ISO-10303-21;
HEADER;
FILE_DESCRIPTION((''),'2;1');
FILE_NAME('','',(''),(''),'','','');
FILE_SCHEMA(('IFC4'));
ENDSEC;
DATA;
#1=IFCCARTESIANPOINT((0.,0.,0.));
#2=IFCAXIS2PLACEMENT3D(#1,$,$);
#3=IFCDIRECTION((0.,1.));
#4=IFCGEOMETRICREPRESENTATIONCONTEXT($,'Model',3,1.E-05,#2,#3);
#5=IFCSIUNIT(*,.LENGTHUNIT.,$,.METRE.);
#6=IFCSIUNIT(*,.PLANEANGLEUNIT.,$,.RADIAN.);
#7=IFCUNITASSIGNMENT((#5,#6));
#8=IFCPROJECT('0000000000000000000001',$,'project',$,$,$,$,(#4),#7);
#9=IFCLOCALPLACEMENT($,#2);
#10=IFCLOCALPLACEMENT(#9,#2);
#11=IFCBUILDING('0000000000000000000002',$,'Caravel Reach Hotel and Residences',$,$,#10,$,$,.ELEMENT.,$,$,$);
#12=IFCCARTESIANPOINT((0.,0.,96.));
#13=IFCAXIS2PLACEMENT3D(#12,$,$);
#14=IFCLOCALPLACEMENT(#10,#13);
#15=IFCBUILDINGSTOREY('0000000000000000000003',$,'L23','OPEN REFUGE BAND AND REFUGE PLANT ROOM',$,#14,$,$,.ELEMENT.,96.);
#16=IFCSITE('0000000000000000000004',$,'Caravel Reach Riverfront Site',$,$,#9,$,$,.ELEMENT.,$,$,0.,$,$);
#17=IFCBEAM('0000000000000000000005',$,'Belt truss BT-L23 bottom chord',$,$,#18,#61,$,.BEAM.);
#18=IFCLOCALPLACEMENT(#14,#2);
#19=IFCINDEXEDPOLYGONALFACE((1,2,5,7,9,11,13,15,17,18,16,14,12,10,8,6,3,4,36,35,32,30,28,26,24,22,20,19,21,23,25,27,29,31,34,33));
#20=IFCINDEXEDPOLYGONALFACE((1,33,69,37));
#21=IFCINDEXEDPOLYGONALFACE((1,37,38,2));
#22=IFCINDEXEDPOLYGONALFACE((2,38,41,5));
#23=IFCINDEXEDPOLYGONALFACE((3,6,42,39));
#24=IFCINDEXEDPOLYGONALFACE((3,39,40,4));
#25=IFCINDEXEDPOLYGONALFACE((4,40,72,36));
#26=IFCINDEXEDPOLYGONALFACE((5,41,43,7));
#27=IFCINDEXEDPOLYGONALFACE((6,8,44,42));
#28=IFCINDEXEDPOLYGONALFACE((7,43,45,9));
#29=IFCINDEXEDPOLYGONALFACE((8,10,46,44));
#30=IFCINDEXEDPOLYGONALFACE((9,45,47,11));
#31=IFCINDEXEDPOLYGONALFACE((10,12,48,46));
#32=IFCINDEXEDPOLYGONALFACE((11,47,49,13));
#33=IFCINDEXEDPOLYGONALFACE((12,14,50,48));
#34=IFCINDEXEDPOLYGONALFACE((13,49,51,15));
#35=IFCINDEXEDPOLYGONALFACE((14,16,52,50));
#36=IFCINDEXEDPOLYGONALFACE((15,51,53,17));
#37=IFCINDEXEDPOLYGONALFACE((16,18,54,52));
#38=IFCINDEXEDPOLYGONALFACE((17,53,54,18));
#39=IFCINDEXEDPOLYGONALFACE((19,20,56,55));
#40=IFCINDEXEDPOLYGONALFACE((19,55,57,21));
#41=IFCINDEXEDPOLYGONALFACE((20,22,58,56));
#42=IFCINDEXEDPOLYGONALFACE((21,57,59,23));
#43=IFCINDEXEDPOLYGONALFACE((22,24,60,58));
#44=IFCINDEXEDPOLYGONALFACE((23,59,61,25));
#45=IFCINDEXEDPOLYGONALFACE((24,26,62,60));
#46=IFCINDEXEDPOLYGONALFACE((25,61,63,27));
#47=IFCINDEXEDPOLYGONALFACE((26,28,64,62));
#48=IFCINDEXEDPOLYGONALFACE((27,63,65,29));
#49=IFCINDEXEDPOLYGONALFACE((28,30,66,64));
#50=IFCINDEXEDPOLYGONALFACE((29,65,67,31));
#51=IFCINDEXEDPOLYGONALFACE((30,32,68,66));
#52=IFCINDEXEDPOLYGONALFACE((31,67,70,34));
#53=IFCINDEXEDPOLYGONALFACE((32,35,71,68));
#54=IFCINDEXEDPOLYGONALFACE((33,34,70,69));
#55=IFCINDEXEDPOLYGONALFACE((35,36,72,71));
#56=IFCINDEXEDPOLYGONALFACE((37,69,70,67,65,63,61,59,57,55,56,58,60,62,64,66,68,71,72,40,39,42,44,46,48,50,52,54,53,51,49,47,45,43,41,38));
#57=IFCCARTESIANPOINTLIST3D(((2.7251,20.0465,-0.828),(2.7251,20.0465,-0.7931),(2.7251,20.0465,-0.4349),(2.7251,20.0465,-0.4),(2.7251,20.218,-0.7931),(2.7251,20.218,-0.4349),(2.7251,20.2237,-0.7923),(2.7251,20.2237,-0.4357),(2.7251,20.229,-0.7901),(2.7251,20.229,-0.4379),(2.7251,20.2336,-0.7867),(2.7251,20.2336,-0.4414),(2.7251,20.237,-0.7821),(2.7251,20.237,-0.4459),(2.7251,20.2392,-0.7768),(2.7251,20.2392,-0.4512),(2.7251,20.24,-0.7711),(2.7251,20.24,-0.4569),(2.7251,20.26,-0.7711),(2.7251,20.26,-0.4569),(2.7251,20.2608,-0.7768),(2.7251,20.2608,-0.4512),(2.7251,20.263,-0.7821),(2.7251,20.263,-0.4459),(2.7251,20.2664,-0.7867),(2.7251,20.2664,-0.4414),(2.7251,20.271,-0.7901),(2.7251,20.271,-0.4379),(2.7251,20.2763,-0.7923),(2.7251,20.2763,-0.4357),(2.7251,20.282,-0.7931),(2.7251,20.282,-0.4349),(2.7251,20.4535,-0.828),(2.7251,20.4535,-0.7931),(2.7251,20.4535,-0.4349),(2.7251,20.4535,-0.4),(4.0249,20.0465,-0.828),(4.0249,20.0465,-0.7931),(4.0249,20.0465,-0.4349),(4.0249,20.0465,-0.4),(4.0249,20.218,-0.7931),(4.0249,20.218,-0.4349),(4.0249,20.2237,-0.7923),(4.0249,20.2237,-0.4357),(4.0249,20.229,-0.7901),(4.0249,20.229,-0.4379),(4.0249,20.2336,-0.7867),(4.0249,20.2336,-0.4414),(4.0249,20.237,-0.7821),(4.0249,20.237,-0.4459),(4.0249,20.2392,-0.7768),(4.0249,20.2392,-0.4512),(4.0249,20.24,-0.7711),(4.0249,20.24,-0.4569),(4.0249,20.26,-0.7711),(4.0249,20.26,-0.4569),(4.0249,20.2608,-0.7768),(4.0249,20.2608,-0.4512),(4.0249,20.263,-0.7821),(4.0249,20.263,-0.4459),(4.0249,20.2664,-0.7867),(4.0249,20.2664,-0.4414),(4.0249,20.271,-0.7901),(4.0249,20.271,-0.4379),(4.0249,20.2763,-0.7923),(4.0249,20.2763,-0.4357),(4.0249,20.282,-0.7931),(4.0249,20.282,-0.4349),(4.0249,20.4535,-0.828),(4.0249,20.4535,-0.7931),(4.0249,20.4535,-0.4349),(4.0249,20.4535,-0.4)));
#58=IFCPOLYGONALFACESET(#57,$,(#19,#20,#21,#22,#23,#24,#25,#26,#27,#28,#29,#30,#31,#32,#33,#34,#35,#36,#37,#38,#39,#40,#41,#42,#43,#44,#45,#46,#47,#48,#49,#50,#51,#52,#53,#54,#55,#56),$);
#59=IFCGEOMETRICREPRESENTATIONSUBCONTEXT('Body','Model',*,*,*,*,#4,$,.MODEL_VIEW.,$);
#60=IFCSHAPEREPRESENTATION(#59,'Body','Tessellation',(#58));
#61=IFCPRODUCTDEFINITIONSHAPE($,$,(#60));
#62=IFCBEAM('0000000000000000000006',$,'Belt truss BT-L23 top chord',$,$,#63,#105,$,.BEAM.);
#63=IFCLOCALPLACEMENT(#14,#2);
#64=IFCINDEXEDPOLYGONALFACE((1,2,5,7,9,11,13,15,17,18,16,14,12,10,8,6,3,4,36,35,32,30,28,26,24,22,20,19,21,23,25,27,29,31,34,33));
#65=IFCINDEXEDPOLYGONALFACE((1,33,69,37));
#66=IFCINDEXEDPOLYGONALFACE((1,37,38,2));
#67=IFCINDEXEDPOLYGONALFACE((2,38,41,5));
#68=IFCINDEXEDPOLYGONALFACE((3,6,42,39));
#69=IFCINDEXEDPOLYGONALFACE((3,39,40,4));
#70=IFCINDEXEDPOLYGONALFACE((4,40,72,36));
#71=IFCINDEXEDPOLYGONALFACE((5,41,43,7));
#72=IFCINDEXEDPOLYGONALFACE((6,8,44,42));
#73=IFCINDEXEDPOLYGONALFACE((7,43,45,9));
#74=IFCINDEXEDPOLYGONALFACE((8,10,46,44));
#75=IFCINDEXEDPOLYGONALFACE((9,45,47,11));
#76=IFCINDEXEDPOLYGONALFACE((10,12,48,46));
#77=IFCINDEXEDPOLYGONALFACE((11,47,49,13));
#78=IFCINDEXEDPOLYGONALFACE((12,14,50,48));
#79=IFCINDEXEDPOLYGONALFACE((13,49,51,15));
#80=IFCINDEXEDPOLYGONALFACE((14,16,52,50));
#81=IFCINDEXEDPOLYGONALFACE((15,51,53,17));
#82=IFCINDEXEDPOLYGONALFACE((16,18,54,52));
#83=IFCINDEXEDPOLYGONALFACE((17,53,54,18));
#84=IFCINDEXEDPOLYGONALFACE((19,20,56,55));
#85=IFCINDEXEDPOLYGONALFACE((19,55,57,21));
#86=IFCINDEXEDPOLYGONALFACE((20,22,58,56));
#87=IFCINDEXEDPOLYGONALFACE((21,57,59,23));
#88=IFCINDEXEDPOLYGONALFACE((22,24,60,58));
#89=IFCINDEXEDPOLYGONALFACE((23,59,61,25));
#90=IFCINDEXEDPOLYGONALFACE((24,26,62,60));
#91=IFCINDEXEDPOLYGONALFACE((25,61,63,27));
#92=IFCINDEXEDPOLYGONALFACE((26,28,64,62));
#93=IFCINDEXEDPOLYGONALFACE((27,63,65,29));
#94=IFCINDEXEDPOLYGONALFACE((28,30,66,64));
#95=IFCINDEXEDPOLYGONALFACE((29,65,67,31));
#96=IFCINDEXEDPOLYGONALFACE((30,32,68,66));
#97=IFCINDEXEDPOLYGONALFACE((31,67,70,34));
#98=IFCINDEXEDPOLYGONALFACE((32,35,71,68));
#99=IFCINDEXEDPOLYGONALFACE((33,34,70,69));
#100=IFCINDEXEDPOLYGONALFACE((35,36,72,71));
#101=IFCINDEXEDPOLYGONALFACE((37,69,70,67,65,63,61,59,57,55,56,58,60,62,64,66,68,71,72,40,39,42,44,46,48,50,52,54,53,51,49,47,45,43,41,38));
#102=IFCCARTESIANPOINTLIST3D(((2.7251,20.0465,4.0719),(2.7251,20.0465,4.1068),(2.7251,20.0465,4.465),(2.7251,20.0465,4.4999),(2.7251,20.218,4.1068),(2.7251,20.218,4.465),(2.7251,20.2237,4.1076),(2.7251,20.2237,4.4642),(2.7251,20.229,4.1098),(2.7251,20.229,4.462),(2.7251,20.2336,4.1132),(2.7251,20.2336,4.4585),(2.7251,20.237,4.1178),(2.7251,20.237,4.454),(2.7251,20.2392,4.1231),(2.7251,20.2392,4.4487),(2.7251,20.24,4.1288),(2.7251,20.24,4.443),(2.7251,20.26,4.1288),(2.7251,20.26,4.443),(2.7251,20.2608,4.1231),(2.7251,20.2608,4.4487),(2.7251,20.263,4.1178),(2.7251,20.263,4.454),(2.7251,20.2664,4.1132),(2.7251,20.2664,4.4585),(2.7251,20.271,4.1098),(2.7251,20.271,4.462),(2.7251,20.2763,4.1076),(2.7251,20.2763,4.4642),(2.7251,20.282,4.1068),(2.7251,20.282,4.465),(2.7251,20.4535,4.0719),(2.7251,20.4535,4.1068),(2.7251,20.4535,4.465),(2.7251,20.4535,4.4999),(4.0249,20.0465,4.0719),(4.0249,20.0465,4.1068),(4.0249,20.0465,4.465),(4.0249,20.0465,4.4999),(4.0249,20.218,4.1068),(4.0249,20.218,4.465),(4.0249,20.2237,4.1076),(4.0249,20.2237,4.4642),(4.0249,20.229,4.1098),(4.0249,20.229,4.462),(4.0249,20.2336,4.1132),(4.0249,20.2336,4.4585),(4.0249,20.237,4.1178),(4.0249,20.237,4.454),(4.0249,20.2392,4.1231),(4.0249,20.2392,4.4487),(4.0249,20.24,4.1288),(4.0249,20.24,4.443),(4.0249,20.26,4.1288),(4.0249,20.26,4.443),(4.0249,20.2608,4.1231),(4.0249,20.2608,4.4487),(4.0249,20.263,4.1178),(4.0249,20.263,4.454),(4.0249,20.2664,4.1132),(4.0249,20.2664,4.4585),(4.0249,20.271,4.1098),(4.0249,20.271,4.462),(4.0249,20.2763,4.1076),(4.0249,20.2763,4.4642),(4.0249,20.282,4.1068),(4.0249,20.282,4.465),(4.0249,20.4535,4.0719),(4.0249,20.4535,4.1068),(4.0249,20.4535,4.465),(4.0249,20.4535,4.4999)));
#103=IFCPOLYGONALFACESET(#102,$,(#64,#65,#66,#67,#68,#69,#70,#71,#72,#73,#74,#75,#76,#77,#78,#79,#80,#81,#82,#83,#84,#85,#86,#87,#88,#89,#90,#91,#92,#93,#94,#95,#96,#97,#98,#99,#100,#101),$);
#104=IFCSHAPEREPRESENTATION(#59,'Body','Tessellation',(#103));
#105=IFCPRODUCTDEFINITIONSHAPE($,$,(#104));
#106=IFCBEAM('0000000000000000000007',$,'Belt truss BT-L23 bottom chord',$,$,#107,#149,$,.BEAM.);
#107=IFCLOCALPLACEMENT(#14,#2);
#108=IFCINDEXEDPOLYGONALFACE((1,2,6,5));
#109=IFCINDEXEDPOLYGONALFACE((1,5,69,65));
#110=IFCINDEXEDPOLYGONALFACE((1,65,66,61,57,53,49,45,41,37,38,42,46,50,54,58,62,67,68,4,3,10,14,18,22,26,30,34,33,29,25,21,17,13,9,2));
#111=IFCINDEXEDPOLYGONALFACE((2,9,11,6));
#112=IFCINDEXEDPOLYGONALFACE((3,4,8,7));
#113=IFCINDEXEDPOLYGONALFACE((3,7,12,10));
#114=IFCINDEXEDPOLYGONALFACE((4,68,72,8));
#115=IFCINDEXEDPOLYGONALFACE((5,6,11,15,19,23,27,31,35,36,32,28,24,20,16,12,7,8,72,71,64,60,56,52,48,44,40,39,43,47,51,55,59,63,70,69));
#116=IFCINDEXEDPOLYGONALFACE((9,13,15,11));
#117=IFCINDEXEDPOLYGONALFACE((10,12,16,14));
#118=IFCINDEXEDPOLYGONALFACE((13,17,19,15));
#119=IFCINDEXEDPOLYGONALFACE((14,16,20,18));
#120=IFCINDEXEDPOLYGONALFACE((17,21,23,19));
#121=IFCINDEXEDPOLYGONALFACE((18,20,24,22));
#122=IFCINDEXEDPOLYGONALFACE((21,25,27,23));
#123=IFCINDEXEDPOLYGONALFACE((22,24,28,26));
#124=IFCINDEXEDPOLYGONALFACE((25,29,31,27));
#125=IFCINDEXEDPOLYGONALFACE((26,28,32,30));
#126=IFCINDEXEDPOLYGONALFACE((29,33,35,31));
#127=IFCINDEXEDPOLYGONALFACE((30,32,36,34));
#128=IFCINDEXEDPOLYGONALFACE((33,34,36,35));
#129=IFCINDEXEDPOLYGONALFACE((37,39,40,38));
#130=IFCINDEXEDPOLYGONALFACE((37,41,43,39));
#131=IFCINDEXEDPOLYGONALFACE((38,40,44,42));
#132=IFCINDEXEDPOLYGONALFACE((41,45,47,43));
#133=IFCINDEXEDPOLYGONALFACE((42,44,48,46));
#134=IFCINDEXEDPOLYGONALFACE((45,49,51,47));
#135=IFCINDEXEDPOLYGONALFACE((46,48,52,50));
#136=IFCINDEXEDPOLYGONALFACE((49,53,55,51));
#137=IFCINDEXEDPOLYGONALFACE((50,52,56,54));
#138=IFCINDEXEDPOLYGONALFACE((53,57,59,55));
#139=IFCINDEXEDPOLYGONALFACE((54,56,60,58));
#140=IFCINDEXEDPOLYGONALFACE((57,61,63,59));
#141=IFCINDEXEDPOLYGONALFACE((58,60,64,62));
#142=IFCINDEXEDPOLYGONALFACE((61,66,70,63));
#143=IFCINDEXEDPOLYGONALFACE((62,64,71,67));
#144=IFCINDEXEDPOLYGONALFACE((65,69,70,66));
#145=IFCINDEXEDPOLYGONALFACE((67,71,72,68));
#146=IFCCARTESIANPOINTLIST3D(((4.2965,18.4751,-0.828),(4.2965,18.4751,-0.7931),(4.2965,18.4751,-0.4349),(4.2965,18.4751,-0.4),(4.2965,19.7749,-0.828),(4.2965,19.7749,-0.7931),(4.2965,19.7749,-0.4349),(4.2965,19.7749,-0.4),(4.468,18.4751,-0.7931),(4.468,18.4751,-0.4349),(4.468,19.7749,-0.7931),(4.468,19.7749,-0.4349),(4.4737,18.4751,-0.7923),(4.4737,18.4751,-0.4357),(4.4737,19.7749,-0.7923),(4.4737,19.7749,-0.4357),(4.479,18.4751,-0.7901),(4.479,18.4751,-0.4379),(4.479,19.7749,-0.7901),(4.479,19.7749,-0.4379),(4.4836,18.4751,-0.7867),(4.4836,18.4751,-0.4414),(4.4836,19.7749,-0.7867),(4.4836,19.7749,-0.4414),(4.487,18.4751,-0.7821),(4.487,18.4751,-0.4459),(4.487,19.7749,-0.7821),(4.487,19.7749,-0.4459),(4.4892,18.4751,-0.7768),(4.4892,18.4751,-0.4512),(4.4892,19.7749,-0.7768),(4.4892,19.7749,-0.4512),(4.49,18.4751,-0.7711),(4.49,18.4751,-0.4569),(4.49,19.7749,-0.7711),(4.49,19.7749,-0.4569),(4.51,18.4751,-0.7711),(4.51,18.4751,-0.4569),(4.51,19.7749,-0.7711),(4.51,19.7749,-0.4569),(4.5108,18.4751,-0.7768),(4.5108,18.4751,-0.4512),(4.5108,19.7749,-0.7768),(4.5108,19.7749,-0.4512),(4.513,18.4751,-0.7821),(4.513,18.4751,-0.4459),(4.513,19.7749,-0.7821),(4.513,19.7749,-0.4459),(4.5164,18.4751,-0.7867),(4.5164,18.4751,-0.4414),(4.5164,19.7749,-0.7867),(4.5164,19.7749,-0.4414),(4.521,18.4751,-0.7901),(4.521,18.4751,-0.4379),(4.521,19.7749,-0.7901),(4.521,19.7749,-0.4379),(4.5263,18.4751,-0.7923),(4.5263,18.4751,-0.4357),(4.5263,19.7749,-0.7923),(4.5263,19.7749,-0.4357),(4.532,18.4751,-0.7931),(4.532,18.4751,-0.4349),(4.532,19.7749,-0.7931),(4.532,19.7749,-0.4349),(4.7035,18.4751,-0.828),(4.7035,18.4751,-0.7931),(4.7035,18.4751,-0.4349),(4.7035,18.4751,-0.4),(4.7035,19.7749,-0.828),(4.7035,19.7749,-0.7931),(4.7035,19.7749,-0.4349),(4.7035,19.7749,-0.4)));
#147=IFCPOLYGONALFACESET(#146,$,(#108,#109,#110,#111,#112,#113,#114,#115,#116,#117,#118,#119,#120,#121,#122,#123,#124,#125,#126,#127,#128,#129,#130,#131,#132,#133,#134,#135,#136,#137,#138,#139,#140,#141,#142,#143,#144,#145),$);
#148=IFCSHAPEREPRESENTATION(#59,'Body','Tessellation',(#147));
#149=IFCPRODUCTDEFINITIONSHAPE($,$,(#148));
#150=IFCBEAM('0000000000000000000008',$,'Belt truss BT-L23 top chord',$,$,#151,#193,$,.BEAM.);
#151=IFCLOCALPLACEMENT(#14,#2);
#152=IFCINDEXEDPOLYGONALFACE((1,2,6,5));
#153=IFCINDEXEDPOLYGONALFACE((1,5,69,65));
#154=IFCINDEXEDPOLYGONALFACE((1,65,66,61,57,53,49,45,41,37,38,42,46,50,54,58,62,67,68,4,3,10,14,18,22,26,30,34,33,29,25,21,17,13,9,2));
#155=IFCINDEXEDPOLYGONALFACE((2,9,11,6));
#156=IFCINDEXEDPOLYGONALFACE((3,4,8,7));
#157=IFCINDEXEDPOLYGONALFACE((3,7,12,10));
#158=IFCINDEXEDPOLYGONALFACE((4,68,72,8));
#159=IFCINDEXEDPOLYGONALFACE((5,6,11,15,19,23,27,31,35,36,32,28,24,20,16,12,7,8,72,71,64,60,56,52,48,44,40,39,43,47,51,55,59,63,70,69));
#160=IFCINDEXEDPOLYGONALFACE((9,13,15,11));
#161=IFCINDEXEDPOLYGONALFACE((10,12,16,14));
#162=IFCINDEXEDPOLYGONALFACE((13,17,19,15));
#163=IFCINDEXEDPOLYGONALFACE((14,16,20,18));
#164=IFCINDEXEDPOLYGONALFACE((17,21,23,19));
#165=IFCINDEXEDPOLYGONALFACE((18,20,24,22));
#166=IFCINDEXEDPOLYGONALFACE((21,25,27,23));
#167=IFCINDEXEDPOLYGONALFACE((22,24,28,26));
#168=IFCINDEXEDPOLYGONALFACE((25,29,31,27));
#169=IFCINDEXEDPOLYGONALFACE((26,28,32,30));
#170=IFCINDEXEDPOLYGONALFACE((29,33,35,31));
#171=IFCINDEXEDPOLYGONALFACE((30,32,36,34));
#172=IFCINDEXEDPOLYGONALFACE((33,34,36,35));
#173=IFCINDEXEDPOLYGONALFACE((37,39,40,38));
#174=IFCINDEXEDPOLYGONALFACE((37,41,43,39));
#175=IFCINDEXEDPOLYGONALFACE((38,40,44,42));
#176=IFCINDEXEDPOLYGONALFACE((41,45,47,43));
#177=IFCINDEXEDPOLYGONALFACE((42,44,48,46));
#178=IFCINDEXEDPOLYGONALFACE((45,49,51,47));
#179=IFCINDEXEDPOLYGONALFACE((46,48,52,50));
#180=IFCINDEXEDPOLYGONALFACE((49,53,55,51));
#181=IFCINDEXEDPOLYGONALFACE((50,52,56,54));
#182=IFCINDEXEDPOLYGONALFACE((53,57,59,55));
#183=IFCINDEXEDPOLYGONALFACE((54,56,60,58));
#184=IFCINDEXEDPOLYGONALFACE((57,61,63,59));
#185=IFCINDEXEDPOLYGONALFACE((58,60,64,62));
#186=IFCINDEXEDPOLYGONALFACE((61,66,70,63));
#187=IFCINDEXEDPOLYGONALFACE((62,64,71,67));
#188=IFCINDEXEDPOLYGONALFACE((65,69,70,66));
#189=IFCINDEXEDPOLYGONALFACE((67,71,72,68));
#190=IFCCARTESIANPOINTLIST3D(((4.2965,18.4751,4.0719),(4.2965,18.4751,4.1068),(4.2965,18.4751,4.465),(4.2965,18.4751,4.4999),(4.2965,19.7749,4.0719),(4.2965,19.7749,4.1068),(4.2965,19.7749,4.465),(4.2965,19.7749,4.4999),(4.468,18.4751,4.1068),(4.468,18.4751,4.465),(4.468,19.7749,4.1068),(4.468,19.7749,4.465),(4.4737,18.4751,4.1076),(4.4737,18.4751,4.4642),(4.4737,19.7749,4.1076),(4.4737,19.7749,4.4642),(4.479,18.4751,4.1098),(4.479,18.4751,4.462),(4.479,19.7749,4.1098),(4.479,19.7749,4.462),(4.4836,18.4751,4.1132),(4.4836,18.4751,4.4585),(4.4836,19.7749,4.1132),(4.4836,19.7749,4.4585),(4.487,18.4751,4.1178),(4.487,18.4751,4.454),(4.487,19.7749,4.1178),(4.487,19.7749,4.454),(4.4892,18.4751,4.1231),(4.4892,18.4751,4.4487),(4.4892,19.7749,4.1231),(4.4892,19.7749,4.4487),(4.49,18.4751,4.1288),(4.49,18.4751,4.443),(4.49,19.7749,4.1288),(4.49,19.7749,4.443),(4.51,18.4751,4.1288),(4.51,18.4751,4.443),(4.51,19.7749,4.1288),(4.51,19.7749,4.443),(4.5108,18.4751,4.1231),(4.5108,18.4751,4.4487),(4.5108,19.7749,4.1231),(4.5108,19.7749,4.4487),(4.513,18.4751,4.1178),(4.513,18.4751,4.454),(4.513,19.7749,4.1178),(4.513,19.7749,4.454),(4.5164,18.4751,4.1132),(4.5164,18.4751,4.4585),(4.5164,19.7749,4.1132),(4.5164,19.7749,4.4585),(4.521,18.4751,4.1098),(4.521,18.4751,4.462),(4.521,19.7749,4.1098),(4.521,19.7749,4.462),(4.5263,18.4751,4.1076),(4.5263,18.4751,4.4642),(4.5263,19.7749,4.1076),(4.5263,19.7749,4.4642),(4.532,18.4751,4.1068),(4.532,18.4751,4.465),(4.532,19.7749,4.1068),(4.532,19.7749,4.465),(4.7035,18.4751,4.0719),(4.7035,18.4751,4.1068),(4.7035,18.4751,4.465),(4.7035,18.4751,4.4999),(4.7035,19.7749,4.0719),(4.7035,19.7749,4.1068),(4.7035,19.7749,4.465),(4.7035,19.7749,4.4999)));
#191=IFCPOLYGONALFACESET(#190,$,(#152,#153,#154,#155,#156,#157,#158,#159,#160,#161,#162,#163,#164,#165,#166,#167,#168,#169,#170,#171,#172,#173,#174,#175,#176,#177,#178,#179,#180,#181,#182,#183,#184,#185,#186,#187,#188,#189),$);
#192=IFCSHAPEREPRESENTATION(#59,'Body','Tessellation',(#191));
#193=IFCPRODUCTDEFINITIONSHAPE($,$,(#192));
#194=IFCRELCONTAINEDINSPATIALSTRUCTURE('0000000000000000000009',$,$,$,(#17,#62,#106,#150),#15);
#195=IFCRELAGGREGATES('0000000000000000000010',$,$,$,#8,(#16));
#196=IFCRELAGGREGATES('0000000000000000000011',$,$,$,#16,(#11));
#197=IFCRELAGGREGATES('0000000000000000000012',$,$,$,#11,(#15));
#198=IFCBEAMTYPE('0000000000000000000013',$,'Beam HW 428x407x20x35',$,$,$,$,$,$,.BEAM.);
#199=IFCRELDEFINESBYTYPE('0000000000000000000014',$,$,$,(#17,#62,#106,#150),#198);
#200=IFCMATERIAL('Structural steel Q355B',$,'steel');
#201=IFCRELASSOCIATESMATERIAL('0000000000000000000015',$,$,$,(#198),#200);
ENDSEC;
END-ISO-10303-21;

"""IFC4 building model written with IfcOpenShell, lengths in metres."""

from ifc_helpers import new_model, si_unit, direction, frame, origin, origin_2d, place, context, subcontext, project, spatial, i_section, extrude, material, material_profile, profile_set, type_object, element, save


model = new_model("IFC4")

# Units and contexts
model_context = context("Model", 3, precision=1e-05, world=origin(), true_north=direction((0.0, 1.0)))
body_context = subcontext(model_context, "Body", "Model", "MODEL_VIEW")
ifc_project = project(units=[si_unit("LENGTHUNIT", "METRE"), si_unit("PLANEANGLEUNIT", "RADIAN")], contexts=[model_context])

# Site, building, storey
site_placement = place(None, origin())
site = spatial("IfcSite", under=ifc_project, at=site_placement, Name="Caravel Reach Riverfront Site", CompositionType="ELEMENT", RefElevation=0.0)
building_placement = place(site_placement, origin())
building = spatial("IfcBuilding", under=site, at=building_placement, Name="Caravel Reach Hotel and Residences", CompositionType="ELEMENT")
storey_placement = place(building_placement, frame((0.0, 0.0, 96.0)))
storey = spatial("IfcBuildingStorey", under=building, at=storey_placement, Name="L23", Description="OPEN REFUGE BAND AND REFUGE PLANT ROOM", CompositionType="ELEMENT", Elevation=96.0)

# Beams
ifc_material_1 = material(Name="Structural steel Q355B", Category="steel")
ifc_material_profile_1 = material_profile(ifc_material_1, i_section(OverallWidth=0.407, OverallDepth=0.428, WebThickness=0.02, FlangeThickness=0.0349, FilletRadius=0.022, at=origin_2d()), Name="HW 428x407x20x35")
ifc_profile_set_1 = profile_set([ifc_material_profile_1], Name="Structural steel Q355B")
beam_type_1 = type_object("IfcBeamType", Name="Beam HW 428x407x20x35", PredefinedType="BEAM", material=ifc_profile_set_1)
for number, where, z_axis, x_axis, name in (
    (1, (2.7251, 20.25, -0.614), (1.0, 0.0, 0.0), (0.0, 1.0, 0.0), "Belt truss BT-L23 bottom chord"),
    (2, (2.7251, 20.25, 4.2859), (1.0, 0.0, 0.0), (0.0, 1.0, 0.0), "Belt truss BT-L23 top chord"),
    (3, (4.5, 19.7749, -0.614), (0.0, -1.0, 0.0), (1.0, 0.0, 0.0), "Belt truss BT-L23 bottom chord"),
    (4, (4.5, 19.7749, 4.2859), (0.0, -1.0, 0.0), (1.0, 0.0, 0.0), "Belt truss BT-L23 top chord"),
):
    element("IfcBeam", number, at=place(storey_placement, frame(where, z_axis=z_axis, x_axis=x_axis)), inside=storey, type_object=beam_type_1, Name=name, PredefinedType="BEAM", context=body_context, shape_type="SweptSolid", body=[
        extrude(i_section(OverallWidth=0.407, OverallDepth=0.428, WebThickness=0.02, FlangeThickness=0.0349, FilletRadius=0.022, at=origin_2d()), origin(), (0.0, 0.0, 1.0), 1.2998),
    ])

save(model, "model.ifc")
